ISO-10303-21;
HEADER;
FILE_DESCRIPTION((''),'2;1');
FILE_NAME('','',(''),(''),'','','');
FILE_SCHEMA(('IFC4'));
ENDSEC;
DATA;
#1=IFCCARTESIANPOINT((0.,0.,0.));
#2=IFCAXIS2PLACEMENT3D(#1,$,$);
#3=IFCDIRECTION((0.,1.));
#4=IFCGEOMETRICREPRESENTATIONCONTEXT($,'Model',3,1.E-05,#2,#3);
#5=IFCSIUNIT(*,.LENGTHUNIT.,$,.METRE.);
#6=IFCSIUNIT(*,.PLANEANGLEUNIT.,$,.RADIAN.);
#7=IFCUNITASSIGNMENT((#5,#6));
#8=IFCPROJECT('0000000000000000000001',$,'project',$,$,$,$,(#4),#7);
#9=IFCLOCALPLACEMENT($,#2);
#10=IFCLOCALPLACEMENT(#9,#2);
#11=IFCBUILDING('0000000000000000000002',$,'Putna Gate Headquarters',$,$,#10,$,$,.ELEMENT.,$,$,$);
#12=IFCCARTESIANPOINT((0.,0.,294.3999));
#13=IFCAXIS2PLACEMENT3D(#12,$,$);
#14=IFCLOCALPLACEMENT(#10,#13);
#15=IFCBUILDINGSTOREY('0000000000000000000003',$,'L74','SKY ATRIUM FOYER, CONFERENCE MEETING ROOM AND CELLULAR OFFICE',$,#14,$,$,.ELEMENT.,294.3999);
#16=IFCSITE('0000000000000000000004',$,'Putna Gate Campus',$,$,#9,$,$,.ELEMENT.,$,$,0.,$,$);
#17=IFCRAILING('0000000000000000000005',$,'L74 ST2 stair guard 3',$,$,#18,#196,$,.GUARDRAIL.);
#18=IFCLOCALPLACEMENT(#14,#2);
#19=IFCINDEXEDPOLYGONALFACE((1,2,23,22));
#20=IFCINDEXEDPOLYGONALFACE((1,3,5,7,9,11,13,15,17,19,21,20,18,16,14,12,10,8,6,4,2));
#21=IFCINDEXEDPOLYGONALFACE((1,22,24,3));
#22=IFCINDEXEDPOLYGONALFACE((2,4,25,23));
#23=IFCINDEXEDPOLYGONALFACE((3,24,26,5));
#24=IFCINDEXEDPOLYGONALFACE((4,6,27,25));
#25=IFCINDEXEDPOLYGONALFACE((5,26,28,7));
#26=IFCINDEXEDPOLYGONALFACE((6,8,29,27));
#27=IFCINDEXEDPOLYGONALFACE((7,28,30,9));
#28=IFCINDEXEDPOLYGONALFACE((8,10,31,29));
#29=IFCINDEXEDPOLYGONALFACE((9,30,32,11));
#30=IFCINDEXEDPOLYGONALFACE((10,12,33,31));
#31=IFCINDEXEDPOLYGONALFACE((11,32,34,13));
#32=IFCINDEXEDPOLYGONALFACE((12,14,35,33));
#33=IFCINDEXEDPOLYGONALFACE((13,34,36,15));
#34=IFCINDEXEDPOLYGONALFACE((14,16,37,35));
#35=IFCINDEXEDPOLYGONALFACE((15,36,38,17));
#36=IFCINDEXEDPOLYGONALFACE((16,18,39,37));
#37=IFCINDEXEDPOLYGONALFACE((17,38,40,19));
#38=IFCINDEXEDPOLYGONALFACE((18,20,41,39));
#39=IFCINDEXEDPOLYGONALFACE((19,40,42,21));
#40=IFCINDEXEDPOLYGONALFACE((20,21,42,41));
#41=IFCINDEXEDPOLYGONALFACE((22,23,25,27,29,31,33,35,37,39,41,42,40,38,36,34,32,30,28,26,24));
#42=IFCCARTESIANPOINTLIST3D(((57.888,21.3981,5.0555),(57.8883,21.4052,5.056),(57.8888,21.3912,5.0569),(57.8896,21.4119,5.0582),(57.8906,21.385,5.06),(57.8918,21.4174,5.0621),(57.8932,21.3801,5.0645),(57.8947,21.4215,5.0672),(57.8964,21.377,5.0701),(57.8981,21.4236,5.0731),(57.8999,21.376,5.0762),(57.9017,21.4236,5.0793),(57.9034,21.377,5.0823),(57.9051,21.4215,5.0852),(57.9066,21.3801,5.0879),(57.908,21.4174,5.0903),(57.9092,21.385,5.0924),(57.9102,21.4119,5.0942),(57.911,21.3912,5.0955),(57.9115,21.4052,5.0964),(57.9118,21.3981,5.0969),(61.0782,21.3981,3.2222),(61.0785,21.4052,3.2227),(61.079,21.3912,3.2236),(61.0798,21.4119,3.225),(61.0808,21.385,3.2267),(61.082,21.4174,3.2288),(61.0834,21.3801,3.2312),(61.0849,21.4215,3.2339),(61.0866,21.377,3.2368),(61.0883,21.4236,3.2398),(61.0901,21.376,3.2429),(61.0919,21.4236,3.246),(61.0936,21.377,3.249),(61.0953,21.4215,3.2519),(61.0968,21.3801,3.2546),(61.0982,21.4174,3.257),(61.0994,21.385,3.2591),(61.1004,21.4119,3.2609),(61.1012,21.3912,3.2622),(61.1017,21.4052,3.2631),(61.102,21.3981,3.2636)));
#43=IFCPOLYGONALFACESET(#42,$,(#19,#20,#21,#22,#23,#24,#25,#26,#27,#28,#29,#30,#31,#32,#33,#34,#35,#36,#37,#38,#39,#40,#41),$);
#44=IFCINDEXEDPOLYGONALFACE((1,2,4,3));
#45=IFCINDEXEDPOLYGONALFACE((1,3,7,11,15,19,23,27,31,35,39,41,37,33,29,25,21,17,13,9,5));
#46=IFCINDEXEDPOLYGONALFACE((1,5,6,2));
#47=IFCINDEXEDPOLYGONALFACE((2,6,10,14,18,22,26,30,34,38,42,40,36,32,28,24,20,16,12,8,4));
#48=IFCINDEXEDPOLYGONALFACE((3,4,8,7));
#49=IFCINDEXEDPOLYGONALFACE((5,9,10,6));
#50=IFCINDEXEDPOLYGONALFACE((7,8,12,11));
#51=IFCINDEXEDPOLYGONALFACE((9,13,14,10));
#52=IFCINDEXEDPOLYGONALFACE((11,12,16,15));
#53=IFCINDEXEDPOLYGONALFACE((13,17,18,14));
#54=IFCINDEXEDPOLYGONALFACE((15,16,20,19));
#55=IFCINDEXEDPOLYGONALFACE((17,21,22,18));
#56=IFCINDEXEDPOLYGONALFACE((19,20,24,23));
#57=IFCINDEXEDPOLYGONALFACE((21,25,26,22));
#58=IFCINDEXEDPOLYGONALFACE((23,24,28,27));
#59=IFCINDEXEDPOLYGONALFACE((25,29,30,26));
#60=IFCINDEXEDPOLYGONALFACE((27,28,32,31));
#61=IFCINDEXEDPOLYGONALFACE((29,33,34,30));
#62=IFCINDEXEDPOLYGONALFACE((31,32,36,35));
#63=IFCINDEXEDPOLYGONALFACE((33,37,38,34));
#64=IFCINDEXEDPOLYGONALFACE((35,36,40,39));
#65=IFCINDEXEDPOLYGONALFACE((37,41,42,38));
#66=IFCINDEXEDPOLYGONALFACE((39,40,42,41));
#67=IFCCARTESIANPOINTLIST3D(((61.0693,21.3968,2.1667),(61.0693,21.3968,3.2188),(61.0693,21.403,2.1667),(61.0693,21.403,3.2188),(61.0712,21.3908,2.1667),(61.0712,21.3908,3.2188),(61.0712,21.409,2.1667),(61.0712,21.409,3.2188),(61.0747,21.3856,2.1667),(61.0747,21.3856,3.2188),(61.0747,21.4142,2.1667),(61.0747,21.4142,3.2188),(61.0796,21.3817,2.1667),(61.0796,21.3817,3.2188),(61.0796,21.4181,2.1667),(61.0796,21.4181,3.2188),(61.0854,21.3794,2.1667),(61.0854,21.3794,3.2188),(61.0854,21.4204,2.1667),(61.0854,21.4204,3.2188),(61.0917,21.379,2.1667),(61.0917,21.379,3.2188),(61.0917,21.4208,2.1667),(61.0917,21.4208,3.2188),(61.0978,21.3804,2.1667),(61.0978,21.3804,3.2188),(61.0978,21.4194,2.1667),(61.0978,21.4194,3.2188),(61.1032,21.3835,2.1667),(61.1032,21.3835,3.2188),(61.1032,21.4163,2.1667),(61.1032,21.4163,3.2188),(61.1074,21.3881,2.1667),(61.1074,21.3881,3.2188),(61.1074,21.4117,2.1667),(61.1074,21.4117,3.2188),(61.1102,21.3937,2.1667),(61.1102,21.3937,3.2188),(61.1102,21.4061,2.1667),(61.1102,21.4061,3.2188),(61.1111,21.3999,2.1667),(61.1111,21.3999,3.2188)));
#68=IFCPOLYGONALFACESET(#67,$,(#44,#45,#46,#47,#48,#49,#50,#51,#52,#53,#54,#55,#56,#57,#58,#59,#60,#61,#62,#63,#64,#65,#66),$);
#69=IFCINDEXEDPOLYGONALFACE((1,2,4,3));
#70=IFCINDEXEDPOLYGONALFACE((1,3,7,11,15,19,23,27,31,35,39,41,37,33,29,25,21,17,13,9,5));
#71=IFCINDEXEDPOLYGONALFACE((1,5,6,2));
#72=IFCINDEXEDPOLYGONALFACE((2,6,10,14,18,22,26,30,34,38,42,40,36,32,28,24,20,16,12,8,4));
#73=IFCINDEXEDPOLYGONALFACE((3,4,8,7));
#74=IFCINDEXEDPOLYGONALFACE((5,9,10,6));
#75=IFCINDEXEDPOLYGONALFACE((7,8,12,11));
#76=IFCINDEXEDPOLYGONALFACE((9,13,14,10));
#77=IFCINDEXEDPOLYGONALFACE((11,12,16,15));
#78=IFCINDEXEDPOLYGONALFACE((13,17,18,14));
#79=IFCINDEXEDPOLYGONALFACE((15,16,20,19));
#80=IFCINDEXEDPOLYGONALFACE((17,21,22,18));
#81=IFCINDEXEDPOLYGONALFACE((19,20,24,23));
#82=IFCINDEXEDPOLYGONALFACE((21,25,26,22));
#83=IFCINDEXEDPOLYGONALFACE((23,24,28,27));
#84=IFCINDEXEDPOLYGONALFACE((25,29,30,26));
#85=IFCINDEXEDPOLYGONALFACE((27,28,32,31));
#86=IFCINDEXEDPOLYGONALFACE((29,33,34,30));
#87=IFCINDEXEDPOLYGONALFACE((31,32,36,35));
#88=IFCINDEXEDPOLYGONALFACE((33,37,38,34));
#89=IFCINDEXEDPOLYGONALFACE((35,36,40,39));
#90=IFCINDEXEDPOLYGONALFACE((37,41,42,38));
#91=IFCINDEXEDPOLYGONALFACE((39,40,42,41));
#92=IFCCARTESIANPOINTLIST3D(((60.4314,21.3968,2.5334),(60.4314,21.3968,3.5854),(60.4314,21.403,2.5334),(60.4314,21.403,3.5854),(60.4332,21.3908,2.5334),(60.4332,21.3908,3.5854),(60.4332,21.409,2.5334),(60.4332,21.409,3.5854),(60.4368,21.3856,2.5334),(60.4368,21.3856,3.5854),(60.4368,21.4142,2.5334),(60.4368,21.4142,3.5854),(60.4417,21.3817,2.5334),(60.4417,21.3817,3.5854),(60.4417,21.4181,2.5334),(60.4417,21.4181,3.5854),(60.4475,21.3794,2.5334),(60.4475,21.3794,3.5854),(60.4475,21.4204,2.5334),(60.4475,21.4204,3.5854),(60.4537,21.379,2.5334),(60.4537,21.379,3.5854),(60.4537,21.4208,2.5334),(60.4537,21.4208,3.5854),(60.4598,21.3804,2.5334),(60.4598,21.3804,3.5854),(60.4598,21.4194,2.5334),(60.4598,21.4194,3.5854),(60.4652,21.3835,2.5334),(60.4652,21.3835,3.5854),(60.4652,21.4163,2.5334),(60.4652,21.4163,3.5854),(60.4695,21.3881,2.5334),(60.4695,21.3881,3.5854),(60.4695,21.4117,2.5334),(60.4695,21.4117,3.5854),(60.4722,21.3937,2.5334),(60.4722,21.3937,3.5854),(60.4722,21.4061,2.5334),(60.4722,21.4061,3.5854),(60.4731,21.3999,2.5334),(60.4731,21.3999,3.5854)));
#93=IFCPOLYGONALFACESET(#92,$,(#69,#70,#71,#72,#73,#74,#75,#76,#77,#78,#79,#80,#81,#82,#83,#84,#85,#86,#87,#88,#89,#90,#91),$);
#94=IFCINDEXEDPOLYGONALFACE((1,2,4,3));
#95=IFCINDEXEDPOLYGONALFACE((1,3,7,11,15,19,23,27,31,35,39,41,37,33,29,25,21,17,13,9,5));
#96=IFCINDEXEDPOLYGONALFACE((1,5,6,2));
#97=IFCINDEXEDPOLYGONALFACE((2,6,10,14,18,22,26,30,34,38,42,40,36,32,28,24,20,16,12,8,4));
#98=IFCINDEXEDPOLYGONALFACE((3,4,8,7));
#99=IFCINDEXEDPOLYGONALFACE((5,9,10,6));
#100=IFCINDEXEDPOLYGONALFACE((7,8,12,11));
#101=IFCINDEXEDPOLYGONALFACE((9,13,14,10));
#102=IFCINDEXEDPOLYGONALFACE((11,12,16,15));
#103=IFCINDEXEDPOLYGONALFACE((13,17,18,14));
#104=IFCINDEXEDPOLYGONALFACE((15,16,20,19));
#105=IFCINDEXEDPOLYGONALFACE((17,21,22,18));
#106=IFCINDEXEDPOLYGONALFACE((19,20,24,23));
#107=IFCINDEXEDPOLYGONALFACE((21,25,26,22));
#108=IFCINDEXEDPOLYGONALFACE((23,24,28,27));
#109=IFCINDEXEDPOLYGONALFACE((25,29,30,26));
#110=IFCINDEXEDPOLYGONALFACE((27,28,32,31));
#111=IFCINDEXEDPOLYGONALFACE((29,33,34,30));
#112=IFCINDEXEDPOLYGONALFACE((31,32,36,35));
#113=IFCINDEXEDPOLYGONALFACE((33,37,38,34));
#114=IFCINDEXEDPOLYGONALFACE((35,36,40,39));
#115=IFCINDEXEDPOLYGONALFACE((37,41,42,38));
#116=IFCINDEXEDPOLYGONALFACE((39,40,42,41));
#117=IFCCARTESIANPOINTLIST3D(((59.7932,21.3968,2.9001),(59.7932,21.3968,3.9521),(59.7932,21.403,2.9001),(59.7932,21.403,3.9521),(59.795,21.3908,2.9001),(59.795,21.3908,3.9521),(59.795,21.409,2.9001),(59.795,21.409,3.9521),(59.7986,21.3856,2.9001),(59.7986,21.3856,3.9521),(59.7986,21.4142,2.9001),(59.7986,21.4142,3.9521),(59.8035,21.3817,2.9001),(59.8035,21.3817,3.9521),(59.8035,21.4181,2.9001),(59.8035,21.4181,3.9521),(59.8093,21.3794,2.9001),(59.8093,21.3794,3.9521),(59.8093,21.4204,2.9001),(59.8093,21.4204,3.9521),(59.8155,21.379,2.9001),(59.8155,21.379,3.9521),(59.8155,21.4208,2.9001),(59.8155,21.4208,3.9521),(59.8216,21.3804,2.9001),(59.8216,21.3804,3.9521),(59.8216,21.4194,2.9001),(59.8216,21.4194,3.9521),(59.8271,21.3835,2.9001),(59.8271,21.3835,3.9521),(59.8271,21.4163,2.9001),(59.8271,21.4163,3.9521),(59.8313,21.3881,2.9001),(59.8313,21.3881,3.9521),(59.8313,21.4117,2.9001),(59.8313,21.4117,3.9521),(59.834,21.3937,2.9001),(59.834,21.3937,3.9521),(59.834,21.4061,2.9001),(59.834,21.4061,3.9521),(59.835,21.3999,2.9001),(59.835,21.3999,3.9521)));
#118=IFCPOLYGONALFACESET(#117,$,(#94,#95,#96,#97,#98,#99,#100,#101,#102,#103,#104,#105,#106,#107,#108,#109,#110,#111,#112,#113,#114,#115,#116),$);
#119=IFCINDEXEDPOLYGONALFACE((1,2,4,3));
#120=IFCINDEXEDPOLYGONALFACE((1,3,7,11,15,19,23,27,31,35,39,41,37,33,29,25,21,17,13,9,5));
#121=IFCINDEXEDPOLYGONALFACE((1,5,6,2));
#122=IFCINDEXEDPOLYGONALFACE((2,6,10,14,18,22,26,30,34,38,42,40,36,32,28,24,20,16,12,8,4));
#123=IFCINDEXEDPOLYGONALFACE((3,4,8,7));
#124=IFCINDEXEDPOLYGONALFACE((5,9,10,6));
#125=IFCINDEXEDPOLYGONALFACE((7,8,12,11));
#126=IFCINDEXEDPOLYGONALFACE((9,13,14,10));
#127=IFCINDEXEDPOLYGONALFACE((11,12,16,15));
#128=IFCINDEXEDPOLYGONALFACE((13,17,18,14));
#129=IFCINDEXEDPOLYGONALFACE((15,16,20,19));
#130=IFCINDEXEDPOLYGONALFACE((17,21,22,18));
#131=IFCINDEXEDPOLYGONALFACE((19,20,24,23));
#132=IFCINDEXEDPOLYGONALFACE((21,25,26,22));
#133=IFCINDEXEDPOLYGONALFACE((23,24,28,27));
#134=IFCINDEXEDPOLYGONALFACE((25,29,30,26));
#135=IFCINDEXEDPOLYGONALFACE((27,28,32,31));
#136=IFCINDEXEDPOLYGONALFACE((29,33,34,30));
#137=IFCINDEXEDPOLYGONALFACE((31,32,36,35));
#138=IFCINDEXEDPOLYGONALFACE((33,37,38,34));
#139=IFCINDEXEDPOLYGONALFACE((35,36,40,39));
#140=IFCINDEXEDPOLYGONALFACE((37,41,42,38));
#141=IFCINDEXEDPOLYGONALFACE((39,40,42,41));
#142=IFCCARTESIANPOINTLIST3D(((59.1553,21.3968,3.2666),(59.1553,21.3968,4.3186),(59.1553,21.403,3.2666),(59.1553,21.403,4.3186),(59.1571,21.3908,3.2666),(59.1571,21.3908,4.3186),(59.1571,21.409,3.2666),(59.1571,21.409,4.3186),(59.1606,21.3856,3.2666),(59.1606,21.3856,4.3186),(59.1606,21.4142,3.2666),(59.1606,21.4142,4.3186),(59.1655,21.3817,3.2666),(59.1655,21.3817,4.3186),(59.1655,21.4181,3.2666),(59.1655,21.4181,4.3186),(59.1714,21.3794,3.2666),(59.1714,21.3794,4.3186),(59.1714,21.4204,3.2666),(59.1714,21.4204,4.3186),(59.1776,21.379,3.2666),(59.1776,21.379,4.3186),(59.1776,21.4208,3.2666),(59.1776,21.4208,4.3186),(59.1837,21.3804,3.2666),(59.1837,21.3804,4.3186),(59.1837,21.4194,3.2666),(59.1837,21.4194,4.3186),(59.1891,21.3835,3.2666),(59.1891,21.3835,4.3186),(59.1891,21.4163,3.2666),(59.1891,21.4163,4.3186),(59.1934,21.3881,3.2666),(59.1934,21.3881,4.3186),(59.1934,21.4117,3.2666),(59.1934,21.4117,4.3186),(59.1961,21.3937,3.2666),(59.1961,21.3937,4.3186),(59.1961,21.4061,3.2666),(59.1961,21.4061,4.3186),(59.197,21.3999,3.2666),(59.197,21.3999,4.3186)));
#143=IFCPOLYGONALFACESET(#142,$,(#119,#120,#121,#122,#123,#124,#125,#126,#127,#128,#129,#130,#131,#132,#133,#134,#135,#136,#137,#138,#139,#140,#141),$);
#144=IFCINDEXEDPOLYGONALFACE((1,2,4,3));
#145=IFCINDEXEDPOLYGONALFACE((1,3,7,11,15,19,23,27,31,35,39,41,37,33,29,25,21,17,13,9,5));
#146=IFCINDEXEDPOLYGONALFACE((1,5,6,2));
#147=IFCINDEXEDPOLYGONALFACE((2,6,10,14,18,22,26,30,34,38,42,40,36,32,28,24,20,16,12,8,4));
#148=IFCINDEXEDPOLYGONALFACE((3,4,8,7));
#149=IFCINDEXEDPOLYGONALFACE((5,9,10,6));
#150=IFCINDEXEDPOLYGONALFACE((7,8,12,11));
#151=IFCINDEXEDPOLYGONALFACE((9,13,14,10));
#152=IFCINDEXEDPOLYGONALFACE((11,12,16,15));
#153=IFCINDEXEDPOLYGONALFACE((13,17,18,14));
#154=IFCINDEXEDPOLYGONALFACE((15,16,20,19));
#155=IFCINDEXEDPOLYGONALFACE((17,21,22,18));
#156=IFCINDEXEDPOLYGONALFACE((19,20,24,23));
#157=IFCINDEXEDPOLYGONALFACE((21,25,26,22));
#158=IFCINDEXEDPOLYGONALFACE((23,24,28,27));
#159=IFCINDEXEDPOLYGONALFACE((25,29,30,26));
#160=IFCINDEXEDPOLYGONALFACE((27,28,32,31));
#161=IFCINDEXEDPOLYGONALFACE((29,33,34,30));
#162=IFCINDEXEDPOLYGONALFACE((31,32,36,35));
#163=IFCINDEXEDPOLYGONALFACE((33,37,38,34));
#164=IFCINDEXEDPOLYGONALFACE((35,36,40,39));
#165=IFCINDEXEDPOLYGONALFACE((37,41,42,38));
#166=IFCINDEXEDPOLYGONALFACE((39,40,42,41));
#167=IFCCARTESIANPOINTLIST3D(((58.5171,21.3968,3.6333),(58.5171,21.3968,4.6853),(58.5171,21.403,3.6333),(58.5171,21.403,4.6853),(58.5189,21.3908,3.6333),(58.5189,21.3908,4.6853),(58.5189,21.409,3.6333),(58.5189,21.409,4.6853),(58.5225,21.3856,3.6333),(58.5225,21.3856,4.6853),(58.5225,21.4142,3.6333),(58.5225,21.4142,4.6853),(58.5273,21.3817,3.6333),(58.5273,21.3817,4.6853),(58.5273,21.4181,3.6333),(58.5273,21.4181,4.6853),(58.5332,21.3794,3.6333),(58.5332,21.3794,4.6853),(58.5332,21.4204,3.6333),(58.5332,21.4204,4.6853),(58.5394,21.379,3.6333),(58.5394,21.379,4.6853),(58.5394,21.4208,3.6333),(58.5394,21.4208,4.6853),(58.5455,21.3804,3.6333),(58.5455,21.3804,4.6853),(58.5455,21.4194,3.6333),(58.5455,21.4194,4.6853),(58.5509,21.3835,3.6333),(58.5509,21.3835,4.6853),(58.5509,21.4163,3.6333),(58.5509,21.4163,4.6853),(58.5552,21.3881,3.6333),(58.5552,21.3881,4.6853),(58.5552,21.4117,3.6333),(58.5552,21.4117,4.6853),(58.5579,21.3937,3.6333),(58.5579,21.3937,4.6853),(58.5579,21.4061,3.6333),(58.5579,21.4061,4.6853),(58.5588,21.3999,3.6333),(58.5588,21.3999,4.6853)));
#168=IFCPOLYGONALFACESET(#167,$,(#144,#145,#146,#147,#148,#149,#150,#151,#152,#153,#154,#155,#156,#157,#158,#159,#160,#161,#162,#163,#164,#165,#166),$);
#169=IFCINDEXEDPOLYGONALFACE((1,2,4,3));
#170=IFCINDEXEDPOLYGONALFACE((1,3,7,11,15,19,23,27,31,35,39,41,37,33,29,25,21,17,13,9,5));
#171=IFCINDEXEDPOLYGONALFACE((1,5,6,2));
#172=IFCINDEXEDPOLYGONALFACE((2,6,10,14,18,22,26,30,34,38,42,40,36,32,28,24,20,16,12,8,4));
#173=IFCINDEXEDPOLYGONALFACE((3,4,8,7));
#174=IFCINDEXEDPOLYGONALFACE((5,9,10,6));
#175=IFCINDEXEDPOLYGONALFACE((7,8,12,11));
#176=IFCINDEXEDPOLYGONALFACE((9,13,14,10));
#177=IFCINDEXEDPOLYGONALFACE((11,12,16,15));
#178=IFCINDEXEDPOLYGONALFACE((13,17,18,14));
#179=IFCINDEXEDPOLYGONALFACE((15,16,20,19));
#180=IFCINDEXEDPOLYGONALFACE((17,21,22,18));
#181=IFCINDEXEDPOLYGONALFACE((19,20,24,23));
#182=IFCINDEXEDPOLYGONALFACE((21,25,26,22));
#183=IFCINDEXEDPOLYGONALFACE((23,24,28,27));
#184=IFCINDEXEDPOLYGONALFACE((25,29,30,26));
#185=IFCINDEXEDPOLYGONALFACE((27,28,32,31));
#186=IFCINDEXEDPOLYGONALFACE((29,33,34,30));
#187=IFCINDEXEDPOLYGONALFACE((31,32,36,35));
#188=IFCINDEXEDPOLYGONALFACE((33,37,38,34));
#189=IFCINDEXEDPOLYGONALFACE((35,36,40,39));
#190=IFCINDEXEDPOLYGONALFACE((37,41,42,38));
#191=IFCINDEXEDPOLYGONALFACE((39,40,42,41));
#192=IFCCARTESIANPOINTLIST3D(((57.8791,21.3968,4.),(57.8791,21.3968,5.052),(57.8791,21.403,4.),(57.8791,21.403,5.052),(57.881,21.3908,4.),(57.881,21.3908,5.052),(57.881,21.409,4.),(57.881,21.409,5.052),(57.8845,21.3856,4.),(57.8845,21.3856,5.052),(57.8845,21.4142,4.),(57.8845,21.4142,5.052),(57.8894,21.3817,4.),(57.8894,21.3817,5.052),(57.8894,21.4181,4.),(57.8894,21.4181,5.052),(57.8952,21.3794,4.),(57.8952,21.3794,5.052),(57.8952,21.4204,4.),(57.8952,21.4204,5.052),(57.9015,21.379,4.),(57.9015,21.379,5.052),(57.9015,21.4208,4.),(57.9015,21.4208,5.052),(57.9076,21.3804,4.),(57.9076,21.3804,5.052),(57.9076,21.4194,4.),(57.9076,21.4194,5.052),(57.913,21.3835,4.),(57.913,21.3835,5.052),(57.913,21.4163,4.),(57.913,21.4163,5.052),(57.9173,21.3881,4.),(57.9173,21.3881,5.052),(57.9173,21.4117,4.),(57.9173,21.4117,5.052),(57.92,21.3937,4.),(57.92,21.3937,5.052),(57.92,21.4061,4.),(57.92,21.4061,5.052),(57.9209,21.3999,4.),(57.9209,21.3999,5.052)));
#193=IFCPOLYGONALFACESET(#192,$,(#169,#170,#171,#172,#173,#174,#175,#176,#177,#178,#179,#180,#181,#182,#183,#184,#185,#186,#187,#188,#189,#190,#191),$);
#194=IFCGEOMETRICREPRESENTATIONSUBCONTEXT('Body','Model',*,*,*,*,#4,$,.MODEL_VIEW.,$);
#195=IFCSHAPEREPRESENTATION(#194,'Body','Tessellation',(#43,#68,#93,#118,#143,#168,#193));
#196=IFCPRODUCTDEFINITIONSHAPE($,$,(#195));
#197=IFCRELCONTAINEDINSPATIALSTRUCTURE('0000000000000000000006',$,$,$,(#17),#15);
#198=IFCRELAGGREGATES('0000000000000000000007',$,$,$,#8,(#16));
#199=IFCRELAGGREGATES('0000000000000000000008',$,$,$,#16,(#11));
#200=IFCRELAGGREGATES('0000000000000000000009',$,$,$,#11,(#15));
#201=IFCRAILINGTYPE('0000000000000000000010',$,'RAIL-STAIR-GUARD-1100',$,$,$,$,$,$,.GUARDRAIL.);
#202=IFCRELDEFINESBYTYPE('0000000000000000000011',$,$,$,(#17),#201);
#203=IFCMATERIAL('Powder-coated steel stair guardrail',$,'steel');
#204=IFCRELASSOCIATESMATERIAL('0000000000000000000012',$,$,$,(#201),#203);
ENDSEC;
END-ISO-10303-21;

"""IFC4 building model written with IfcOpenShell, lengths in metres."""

from ifc_helpers import new_model, si_unit, direction, frame, origin, origin_2d, place, context, subcontext, project, spatial, circle, extrude, material, type_object, element, save


model = new_model("IFC4")

# Units and contexts
model_context = context("Model", 3, precision=1e-05, world=origin(), true_north=direction((0.0, 1.0)))
body_context = subcontext(model_context, "Body", "Model", "MODEL_VIEW")
ifc_project = project(units=[si_unit("LENGTHUNIT", "METRE"), si_unit("PLANEANGLEUNIT", "RADIAN")], contexts=[model_context])

# Site, building, storey
site_placement = place(None, origin())
site = spatial("IfcSite", under=ifc_project, at=site_placement, Name="Putna Gate Campus", CompositionType="ELEMENT", RefElevation=0.0)
building_placement = place(site_placement, origin())
building = spatial("IfcBuilding", under=site, at=building_placement, Name="Putna Gate Headquarters", CompositionType="ELEMENT")
storey_placement = place(building_placement, frame((0.0, 0.0, 294.3999)))
storey = spatial("IfcBuildingStorey", under=building, at=storey_placement, Name="L74", Description="SKY ATRIUM FOYER, CONFERENCE MEETING ROOM AND CELLULAR OFFICE", CompositionType="ELEMENT", Elevation=294.3999)

# Railing
ifc_material_1 = material(Name="Powder-coated steel stair guardrail", Category="steel")
railing_type_1 = type_object("IfcRailingType", Name="RAIL-STAIR-GUARD-1100", PredefinedType="GUARDRAIL", material=ifc_material_1)
railing_1_placement = place(storey_placement, frame((61.0901, 21.3999, 2.1667)))
element("IfcRailing", 1, at=railing_1_placement, inside=storey, type_object=railing_type_1, Name="L74 ST2 stair guard 3", PredefinedType="GUARDRAIL", context=body_context, shape_type="SweptSolid", body=[
    extrude(circle(Radius=0.0239, at=origin_2d()), frame((0.0, 0.0, 1.0762), z_axis=(-0.867036, 0.0, 0.498245), x_axis=(0.0, -1.0, 0.0)), (0.0, 0.0, 1.0), 3.6794),
    extrude(circle(Radius=0.021, at=origin_2d()), origin(), (0.0, 0.0, 1.0), 1.052),
    extrude(circle(Radius=0.021, at=origin_2d()), frame((-0.6379, 0.0, 0.3667)), (0.0, 0.0, 1.0), 1.052),
    extrude(circle(Radius=0.021, at=origin_2d()), frame((-1.2761, 0.0, 0.7334)), (0.0, 0.0, 1.0), 1.052),
    extrude(circle(Radius=0.021, at=origin_2d()), frame((-1.9141, 0.0, 1.0999)), (0.0, 0.0, 1.0), 1.052),
    extrude(circle(Radius=0.021, at=origin_2d()), frame((-2.5522, 0.0, 1.4666)), (0.0, 0.0, 1.0), 1.052),
    extrude(circle(Radius=0.021, at=origin_2d()), frame((-3.1902, 0.0, 1.8333)), (0.0, 0.0, 1.0), 1.052),
])

save(model, "model.ifc")
